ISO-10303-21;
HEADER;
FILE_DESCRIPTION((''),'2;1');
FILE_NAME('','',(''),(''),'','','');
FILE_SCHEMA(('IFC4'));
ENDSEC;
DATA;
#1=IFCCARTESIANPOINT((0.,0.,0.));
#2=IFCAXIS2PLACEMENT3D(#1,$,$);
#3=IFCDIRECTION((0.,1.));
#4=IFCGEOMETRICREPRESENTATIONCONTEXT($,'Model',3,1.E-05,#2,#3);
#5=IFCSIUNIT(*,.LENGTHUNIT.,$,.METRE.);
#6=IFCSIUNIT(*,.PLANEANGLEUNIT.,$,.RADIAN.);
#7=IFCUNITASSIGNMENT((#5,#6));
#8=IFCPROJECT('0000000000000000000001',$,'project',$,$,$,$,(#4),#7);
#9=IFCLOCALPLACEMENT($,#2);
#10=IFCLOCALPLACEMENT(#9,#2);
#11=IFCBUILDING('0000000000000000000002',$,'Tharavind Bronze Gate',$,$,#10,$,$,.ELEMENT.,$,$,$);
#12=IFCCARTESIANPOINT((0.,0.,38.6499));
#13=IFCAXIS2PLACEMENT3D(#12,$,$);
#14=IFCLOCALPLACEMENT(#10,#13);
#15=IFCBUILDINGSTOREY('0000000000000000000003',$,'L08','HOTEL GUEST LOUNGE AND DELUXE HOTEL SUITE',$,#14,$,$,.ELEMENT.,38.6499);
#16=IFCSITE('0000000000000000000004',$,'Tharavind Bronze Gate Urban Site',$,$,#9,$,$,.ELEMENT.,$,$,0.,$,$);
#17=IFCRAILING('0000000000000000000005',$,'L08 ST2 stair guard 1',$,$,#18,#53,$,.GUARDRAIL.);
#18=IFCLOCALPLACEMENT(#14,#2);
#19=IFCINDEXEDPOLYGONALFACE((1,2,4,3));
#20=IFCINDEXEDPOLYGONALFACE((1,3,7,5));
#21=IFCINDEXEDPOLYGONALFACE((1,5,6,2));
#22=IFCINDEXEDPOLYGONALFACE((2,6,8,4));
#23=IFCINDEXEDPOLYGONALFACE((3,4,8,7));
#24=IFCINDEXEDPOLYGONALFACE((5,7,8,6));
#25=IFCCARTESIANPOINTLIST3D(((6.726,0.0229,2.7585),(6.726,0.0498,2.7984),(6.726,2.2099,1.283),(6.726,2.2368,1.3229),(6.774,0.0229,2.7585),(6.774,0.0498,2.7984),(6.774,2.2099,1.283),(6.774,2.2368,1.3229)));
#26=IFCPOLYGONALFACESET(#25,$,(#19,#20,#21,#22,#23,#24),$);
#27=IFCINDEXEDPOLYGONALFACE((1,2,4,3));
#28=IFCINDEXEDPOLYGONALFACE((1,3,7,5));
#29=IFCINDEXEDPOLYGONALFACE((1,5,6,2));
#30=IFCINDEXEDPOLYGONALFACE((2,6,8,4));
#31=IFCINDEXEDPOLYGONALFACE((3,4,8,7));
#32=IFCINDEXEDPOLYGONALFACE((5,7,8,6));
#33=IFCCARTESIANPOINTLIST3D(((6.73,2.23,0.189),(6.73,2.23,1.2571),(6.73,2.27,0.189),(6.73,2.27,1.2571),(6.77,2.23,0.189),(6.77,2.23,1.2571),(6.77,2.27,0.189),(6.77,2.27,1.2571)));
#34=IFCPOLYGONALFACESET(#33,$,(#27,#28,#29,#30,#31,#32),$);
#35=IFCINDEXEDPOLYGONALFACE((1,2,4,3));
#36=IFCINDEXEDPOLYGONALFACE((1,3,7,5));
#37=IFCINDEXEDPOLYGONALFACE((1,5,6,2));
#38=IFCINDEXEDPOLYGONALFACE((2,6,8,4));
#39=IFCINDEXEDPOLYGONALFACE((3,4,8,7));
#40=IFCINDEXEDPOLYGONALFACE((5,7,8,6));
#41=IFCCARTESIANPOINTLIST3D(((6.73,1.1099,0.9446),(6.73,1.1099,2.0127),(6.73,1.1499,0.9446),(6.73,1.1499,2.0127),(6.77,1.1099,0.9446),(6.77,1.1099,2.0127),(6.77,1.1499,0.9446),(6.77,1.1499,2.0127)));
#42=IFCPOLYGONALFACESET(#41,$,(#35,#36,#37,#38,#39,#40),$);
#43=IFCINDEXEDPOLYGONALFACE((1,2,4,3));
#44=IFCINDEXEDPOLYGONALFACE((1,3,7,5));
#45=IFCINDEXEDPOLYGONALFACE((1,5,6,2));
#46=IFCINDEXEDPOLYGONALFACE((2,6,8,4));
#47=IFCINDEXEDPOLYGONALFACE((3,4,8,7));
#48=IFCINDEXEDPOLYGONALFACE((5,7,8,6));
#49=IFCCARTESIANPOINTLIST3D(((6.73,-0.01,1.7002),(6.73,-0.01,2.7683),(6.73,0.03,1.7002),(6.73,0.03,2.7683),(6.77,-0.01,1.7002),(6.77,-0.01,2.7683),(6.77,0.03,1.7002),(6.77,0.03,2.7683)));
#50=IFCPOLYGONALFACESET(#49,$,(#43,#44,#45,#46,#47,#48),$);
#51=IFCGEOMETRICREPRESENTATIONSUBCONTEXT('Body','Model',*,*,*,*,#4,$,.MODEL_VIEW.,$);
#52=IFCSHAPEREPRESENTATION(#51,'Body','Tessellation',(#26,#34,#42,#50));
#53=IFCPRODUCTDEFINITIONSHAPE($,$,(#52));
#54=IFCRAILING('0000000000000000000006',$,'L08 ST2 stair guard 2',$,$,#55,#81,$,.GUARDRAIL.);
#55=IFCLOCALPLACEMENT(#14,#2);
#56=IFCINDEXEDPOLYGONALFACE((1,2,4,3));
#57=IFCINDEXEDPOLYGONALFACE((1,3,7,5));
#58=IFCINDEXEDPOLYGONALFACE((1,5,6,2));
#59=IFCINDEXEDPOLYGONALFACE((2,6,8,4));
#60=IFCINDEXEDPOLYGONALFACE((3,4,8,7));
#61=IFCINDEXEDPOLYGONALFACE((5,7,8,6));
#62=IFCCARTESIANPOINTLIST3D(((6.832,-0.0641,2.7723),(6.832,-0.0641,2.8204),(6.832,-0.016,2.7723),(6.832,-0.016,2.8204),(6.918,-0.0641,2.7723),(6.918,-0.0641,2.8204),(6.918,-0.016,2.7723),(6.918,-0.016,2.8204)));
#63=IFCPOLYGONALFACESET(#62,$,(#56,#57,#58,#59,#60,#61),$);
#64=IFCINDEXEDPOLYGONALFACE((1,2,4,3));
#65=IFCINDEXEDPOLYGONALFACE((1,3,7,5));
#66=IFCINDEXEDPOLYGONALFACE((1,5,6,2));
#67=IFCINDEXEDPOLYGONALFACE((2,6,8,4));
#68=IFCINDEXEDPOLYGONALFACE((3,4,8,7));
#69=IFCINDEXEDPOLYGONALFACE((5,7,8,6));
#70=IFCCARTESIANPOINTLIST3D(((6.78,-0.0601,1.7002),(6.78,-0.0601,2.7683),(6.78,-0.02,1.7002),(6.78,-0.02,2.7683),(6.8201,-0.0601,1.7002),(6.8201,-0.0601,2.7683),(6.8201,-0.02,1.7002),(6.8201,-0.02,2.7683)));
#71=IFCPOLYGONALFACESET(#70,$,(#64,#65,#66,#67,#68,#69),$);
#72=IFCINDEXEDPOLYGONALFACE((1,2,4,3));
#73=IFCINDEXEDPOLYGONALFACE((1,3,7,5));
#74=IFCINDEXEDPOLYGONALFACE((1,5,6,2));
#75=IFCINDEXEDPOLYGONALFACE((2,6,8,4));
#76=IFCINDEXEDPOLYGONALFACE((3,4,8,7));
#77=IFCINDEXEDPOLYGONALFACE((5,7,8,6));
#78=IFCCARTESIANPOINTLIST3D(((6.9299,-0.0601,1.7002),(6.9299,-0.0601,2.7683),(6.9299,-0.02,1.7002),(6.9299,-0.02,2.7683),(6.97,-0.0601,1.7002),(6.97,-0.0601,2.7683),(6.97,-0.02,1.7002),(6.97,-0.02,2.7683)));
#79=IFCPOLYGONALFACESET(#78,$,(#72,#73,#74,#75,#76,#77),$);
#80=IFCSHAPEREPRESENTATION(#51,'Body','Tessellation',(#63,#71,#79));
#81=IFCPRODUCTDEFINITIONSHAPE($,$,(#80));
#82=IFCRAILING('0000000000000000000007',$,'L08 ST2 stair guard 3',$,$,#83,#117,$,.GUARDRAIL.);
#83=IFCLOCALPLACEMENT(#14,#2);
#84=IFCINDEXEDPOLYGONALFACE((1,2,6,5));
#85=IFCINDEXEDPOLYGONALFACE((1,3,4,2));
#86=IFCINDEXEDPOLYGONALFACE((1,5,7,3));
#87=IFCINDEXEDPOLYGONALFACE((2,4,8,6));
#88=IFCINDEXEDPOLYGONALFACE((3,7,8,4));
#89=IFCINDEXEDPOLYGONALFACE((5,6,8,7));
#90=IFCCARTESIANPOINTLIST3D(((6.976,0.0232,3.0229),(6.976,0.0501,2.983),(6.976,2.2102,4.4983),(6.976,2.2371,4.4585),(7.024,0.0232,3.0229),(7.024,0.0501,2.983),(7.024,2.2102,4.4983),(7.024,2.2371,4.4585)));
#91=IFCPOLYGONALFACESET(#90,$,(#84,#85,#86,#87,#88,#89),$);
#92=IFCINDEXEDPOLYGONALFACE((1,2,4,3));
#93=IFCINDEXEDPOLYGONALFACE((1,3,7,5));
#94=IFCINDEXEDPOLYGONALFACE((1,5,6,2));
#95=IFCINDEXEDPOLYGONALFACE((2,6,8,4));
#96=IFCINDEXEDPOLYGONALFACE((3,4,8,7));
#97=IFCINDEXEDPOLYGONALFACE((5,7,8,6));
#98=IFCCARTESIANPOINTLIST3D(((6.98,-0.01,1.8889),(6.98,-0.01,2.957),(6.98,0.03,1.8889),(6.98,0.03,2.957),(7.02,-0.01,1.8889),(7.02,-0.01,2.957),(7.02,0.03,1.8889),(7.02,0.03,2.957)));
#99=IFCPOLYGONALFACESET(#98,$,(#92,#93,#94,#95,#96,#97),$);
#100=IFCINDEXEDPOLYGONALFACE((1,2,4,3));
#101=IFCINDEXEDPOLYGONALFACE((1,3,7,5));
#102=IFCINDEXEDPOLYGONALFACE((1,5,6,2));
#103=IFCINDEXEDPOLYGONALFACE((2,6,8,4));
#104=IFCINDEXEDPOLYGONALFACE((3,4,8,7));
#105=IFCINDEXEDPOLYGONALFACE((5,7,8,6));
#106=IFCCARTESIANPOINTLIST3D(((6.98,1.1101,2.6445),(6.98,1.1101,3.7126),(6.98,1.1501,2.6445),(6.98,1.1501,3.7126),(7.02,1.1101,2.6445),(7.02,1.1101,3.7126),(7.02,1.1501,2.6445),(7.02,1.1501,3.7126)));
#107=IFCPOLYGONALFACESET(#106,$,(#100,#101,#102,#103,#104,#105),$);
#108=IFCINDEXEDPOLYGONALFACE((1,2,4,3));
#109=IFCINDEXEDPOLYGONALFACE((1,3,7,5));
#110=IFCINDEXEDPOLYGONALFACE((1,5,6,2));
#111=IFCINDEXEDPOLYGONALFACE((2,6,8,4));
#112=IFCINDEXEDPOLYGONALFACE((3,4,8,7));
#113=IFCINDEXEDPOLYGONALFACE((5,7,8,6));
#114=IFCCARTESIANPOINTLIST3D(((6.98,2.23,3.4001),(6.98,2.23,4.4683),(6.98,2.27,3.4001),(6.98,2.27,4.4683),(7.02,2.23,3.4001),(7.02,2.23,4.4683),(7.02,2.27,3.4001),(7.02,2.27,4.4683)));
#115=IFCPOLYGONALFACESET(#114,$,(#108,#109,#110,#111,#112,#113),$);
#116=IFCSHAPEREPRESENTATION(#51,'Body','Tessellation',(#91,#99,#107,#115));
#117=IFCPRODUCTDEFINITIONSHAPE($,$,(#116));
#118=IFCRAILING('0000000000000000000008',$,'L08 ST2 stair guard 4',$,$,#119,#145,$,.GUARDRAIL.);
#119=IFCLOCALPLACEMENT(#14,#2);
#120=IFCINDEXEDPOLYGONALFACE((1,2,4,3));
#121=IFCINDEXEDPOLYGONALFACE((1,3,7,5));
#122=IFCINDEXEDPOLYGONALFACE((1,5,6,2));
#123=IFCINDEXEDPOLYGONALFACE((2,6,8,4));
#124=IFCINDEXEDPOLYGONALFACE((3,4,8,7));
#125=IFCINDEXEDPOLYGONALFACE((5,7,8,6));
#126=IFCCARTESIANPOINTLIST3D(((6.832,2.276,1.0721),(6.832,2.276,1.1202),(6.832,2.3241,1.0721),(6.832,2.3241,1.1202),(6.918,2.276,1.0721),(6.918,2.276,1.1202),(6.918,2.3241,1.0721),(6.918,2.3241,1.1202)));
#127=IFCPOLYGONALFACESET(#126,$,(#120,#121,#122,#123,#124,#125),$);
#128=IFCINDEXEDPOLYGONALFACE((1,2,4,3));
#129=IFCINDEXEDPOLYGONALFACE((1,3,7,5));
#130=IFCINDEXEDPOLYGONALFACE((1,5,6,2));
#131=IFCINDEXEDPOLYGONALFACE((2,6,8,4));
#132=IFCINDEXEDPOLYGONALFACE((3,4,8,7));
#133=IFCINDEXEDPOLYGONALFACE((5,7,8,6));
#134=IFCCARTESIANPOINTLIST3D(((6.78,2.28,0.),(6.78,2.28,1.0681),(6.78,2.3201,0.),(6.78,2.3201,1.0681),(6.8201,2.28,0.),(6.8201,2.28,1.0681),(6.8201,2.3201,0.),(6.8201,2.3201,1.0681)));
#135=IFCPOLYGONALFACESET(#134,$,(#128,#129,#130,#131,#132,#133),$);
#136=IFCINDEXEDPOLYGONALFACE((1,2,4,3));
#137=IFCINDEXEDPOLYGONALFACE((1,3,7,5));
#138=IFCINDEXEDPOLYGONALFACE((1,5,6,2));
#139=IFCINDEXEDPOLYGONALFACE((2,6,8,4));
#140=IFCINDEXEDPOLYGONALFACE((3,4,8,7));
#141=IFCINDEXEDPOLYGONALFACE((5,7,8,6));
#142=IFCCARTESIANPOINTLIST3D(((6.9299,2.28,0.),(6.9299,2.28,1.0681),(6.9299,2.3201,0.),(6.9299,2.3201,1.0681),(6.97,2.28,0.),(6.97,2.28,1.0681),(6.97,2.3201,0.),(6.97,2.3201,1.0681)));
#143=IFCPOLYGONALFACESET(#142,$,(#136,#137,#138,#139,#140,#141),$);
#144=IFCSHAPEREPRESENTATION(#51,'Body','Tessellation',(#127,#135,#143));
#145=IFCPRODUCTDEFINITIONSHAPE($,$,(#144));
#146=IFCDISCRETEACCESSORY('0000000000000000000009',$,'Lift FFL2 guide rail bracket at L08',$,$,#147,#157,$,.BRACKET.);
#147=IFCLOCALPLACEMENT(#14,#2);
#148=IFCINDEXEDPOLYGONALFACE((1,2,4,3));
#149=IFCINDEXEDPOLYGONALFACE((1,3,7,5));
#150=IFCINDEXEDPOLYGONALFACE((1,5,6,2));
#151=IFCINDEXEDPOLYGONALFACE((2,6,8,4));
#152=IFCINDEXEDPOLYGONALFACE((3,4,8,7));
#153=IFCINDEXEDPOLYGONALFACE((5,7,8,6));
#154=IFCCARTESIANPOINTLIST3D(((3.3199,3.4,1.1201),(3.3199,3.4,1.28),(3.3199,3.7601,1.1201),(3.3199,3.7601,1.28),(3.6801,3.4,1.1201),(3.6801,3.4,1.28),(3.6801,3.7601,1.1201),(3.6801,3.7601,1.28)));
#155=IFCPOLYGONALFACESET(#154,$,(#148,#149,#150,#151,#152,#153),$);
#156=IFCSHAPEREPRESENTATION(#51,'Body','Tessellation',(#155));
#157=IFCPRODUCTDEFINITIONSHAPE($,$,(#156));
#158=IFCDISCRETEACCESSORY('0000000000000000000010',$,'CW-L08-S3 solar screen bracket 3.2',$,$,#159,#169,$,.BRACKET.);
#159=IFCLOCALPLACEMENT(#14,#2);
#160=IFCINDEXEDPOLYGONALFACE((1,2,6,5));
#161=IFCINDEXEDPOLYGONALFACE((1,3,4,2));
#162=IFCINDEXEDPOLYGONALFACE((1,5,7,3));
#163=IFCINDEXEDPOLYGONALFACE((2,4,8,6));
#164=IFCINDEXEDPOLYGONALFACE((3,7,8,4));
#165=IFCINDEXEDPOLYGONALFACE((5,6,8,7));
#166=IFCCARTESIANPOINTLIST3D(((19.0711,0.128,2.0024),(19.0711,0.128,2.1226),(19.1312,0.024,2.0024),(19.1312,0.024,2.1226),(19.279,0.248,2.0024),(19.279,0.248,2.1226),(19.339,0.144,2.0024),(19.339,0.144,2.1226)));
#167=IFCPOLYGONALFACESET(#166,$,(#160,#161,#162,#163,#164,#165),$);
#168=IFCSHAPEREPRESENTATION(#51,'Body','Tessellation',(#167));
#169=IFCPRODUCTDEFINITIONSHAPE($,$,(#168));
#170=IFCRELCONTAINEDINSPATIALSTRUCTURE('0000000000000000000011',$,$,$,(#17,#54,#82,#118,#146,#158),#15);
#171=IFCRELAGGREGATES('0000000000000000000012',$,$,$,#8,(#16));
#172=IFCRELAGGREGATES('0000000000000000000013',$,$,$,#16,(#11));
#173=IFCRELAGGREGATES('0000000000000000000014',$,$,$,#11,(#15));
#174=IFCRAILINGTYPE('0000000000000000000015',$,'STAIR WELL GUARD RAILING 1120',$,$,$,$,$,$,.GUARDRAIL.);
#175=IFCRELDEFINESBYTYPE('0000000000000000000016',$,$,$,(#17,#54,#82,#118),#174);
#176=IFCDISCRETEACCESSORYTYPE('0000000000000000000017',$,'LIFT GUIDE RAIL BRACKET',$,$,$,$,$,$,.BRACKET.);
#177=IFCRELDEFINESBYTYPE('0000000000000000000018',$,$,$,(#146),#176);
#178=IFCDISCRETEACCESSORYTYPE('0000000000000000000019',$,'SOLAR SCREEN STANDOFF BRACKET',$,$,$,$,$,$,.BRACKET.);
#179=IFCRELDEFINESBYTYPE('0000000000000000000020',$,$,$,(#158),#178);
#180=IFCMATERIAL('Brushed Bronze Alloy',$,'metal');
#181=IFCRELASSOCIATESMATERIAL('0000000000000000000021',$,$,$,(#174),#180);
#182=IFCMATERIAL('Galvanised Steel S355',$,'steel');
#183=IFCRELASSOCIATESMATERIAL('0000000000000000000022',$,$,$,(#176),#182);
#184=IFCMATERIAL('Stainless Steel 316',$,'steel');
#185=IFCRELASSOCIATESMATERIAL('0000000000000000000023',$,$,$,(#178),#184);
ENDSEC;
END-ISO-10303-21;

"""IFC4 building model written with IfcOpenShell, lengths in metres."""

from ifc_helpers import new_model, si_unit, direction, frame, origin, origin_2d, place, context, subcontext, project, spatial, rectangle, extrude, material, type_object, element, save


model = new_model("IFC4")

# Units and contexts
model_context = context("Model", 3, precision=1e-05, world=origin(), true_north=direction((0.0, 1.0)))
body_context = subcontext(model_context, "Body", "Model", "MODEL_VIEW")
ifc_project = project(units=[si_unit("LENGTHUNIT", "METRE"), si_unit("PLANEANGLEUNIT", "RADIAN")], contexts=[model_context])

# Site, building, storey
site_placement = place(None, origin())
site = spatial("IfcSite", under=ifc_project, at=site_placement, Name="Tharavind Bronze Gate Urban Site", CompositionType="ELEMENT", RefElevation=0.0)
building_placement = place(site_placement, origin())
building = spatial("IfcBuilding", under=site, at=building_placement, Name="Tharavind Bronze Gate", CompositionType="ELEMENT")
storey_placement = place(building_placement, frame((0.0, 0.0, 38.6499)))
storey = spatial("IfcBuildingStorey", under=building, at=storey_placement, Name="L08", Description="HOTEL GUEST LOUNGE AND DELUXE HOTEL SUITE", CompositionType="ELEMENT", Elevation=38.6499)

# Railings
ifc_material_1 = material(Name="Brushed Bronze Alloy", Category="metal")
railing_type_1 = type_object("IfcRailingType", Name="STAIR WELL GUARD RAILING 1120", PredefinedType="GUARDRAIL", material=ifc_material_1)
railing_1_placement = place(storey_placement, frame((6.75, 2.25, 0.189)))
element("IfcRailing", 1, at=railing_1_placement, inside=storey, type_object=railing_type_1, Name="L08 ST2 stair guard 1", PredefinedType="GUARDRAIL", context=body_context, shape_type="SweptSolid", body=[
    extrude(rectangle(XDim=0.0481, YDim=0.0481, at=origin_2d()), frame((0.0, -0.0266, 1.114), z_axis=(0.0, -0.82898, 0.559279), x_axis=(1.0, 0.0, 0.0)), (0.0, 0.0, 1.0), 2.6382),
    extrude(rectangle(XDim=0.04, YDim=0.04, at=origin_2d()), origin(), (0.0, 0.0, 1.0), 1.0681),
    extrude(rectangle(XDim=0.04, YDim=0.04, at=origin_2d()), frame((0.0, -1.1201, 0.7556)), (0.0, 0.0, 1.0), 1.0681),
    extrude(rectangle(XDim=0.04, YDim=0.04, at=origin_2d()), frame((0.0, -2.24, 1.5112)), (0.0, 0.0, 1.0), 1.0681),
])
railing_2_placement = place(storey_placement, frame((6.8, -0.04, 1.7002)))
element("IfcRailing", 2, at=railing_2_placement, inside=storey, type_object=railing_type_1, Name="L08 ST2 stair guard 2", PredefinedType="GUARDRAIL", context=body_context, shape_type="SweptSolid", body=[
    extrude(rectangle(XDim=0.0481, YDim=0.0481, at=origin_2d()), frame((0.032, 0.0, 1.0962), z_axis=(1.0, 0.0, 0.0), x_axis=(0.0, 1.0, 0.0)), (0.0, 0.0, 1.0), 0.0859),
    extrude(rectangle(XDim=0.04, YDim=0.04, at=origin_2d()), origin(), (0.0, 0.0, 1.0), 1.0681),
    extrude(rectangle(XDim=0.04, YDim=0.04, at=origin_2d()), frame((0.1499, 0.0, 0.0)), (0.0, 0.0, 1.0), 1.0681),
])
railing_3_placement = place(storey_placement, frame((7.0, 0.01, 1.8889)))
element("IfcRailing", 3, at=railing_3_placement, inside=storey, type_object=railing_type_1, Name="L08 ST2 stair guard 3", PredefinedType="GUARDRAIL", context=body_context, shape_type="SweptSolid", body=[
    extrude(rectangle(XDim=0.0481, YDim=0.0481, at=origin_2d()), frame((0.0, 0.0266, 1.114), z_axis=(0.0, 0.82898, 0.559279), x_axis=(-1.0, 0.0, 0.0)), (0.0, 0.0, 1.0), 2.6382),
    extrude(rectangle(XDim=0.04, YDim=0.04, at=origin_2d()), origin(), (0.0, 0.0, 1.0), 1.0681),
    extrude(rectangle(XDim=0.04, YDim=0.04, at=origin_2d()), frame((0.0, 1.1201, 0.7556)), (0.0, 0.0, 1.0), 1.0681),
    extrude(rectangle(XDim=0.04, YDim=0.04, at=origin_2d()), frame((0.0, 2.24, 1.5112)), (0.0, 0.0, 1.0), 1.0681),
])
railing_4_placement = place(storey_placement, frame((6.8, 2.3, 0.0)))
element("IfcRailing", 4, at=railing_4_placement, inside=storey, type_object=railing_type_1, Name="L08 ST2 stair guard 4", PredefinedType="GUARDRAIL", context=body_context, shape_type="SweptSolid", body=[
    extrude(rectangle(XDim=0.0481, YDim=0.0481, at=origin_2d()), frame((0.032, 0.0, 1.0962), z_axis=(1.0, 0.0, 0.0), x_axis=(0.0, 1.0, 0.0)), (0.0, 0.0, 1.0), 0.0859),
    extrude(rectangle(XDim=0.04, YDim=0.04, at=origin_2d()), origin(), (0.0, 0.0, 1.0), 1.0681),
    extrude(rectangle(XDim=0.04, YDim=0.04, at=origin_2d()), frame((0.1499, 0.0, 0.0)), (0.0, 0.0, 1.0), 1.0681),
])

# Discrete accessories
ifc_material_2 = material(Name="Galvanised Steel S355", Category="steel")
discrete_accessory_type_1 = type_object("IfcDiscreteAccessoryType", Name="LIFT GUIDE RAIL BRACKET", PredefinedType="BRACKET", material=ifc_material_2)
discrete_accessory_1_placement = place(storey_placement, frame((3.5, 3.5801, 1.1201), z_axis=(0.0, 0.0, 1.0), x_axis=(1.0, 0.0, 0.0)))
element("IfcDiscreteAccessory", 5, at=discrete_accessory_1_placement, inside=storey, type_object=discrete_accessory_type_1, Name="Lift FFL2 guide rail bracket at L08", PredefinedType="BRACKET", context=body_context, shape_type="SweptSolid", body=[
    extrude(rectangle(XDim=0.3601, YDim=0.3601, at=origin_2d()), origin(), (0.0, 0.0, 1.0), 0.1599),
])
ifc_material_3 = material(Name="Stainless Steel 316", Category="steel")
discrete_accessory_type_2 = type_object("IfcDiscreteAccessoryType", Name="SOLAR SCREEN STANDOFF BRACKET", PredefinedType="BRACKET", material=ifc_material_3)
discrete_accessory_2_placement = place(storey_placement, frame((19.2051, 0.136, 2.0024), z_axis=(0.0, 0.0, 1.0), x_axis=(-0.500002, 0.866025, 0.0)))
element("IfcDiscreteAccessory", 6, at=discrete_accessory_2_placement, inside=storey, type_object=discrete_accessory_type_2, Name="CW-L08-S3 solar screen bracket 3.2", PredefinedType="BRACKET", context=body_context, shape_type="SweptSolid", body=[
    extrude(rectangle(XDim=0.1201, YDim=0.24, at=origin_2d()), origin(), (0.0, 0.0, 1.0), 0.1201),
])

save(model, "model.ifc")
